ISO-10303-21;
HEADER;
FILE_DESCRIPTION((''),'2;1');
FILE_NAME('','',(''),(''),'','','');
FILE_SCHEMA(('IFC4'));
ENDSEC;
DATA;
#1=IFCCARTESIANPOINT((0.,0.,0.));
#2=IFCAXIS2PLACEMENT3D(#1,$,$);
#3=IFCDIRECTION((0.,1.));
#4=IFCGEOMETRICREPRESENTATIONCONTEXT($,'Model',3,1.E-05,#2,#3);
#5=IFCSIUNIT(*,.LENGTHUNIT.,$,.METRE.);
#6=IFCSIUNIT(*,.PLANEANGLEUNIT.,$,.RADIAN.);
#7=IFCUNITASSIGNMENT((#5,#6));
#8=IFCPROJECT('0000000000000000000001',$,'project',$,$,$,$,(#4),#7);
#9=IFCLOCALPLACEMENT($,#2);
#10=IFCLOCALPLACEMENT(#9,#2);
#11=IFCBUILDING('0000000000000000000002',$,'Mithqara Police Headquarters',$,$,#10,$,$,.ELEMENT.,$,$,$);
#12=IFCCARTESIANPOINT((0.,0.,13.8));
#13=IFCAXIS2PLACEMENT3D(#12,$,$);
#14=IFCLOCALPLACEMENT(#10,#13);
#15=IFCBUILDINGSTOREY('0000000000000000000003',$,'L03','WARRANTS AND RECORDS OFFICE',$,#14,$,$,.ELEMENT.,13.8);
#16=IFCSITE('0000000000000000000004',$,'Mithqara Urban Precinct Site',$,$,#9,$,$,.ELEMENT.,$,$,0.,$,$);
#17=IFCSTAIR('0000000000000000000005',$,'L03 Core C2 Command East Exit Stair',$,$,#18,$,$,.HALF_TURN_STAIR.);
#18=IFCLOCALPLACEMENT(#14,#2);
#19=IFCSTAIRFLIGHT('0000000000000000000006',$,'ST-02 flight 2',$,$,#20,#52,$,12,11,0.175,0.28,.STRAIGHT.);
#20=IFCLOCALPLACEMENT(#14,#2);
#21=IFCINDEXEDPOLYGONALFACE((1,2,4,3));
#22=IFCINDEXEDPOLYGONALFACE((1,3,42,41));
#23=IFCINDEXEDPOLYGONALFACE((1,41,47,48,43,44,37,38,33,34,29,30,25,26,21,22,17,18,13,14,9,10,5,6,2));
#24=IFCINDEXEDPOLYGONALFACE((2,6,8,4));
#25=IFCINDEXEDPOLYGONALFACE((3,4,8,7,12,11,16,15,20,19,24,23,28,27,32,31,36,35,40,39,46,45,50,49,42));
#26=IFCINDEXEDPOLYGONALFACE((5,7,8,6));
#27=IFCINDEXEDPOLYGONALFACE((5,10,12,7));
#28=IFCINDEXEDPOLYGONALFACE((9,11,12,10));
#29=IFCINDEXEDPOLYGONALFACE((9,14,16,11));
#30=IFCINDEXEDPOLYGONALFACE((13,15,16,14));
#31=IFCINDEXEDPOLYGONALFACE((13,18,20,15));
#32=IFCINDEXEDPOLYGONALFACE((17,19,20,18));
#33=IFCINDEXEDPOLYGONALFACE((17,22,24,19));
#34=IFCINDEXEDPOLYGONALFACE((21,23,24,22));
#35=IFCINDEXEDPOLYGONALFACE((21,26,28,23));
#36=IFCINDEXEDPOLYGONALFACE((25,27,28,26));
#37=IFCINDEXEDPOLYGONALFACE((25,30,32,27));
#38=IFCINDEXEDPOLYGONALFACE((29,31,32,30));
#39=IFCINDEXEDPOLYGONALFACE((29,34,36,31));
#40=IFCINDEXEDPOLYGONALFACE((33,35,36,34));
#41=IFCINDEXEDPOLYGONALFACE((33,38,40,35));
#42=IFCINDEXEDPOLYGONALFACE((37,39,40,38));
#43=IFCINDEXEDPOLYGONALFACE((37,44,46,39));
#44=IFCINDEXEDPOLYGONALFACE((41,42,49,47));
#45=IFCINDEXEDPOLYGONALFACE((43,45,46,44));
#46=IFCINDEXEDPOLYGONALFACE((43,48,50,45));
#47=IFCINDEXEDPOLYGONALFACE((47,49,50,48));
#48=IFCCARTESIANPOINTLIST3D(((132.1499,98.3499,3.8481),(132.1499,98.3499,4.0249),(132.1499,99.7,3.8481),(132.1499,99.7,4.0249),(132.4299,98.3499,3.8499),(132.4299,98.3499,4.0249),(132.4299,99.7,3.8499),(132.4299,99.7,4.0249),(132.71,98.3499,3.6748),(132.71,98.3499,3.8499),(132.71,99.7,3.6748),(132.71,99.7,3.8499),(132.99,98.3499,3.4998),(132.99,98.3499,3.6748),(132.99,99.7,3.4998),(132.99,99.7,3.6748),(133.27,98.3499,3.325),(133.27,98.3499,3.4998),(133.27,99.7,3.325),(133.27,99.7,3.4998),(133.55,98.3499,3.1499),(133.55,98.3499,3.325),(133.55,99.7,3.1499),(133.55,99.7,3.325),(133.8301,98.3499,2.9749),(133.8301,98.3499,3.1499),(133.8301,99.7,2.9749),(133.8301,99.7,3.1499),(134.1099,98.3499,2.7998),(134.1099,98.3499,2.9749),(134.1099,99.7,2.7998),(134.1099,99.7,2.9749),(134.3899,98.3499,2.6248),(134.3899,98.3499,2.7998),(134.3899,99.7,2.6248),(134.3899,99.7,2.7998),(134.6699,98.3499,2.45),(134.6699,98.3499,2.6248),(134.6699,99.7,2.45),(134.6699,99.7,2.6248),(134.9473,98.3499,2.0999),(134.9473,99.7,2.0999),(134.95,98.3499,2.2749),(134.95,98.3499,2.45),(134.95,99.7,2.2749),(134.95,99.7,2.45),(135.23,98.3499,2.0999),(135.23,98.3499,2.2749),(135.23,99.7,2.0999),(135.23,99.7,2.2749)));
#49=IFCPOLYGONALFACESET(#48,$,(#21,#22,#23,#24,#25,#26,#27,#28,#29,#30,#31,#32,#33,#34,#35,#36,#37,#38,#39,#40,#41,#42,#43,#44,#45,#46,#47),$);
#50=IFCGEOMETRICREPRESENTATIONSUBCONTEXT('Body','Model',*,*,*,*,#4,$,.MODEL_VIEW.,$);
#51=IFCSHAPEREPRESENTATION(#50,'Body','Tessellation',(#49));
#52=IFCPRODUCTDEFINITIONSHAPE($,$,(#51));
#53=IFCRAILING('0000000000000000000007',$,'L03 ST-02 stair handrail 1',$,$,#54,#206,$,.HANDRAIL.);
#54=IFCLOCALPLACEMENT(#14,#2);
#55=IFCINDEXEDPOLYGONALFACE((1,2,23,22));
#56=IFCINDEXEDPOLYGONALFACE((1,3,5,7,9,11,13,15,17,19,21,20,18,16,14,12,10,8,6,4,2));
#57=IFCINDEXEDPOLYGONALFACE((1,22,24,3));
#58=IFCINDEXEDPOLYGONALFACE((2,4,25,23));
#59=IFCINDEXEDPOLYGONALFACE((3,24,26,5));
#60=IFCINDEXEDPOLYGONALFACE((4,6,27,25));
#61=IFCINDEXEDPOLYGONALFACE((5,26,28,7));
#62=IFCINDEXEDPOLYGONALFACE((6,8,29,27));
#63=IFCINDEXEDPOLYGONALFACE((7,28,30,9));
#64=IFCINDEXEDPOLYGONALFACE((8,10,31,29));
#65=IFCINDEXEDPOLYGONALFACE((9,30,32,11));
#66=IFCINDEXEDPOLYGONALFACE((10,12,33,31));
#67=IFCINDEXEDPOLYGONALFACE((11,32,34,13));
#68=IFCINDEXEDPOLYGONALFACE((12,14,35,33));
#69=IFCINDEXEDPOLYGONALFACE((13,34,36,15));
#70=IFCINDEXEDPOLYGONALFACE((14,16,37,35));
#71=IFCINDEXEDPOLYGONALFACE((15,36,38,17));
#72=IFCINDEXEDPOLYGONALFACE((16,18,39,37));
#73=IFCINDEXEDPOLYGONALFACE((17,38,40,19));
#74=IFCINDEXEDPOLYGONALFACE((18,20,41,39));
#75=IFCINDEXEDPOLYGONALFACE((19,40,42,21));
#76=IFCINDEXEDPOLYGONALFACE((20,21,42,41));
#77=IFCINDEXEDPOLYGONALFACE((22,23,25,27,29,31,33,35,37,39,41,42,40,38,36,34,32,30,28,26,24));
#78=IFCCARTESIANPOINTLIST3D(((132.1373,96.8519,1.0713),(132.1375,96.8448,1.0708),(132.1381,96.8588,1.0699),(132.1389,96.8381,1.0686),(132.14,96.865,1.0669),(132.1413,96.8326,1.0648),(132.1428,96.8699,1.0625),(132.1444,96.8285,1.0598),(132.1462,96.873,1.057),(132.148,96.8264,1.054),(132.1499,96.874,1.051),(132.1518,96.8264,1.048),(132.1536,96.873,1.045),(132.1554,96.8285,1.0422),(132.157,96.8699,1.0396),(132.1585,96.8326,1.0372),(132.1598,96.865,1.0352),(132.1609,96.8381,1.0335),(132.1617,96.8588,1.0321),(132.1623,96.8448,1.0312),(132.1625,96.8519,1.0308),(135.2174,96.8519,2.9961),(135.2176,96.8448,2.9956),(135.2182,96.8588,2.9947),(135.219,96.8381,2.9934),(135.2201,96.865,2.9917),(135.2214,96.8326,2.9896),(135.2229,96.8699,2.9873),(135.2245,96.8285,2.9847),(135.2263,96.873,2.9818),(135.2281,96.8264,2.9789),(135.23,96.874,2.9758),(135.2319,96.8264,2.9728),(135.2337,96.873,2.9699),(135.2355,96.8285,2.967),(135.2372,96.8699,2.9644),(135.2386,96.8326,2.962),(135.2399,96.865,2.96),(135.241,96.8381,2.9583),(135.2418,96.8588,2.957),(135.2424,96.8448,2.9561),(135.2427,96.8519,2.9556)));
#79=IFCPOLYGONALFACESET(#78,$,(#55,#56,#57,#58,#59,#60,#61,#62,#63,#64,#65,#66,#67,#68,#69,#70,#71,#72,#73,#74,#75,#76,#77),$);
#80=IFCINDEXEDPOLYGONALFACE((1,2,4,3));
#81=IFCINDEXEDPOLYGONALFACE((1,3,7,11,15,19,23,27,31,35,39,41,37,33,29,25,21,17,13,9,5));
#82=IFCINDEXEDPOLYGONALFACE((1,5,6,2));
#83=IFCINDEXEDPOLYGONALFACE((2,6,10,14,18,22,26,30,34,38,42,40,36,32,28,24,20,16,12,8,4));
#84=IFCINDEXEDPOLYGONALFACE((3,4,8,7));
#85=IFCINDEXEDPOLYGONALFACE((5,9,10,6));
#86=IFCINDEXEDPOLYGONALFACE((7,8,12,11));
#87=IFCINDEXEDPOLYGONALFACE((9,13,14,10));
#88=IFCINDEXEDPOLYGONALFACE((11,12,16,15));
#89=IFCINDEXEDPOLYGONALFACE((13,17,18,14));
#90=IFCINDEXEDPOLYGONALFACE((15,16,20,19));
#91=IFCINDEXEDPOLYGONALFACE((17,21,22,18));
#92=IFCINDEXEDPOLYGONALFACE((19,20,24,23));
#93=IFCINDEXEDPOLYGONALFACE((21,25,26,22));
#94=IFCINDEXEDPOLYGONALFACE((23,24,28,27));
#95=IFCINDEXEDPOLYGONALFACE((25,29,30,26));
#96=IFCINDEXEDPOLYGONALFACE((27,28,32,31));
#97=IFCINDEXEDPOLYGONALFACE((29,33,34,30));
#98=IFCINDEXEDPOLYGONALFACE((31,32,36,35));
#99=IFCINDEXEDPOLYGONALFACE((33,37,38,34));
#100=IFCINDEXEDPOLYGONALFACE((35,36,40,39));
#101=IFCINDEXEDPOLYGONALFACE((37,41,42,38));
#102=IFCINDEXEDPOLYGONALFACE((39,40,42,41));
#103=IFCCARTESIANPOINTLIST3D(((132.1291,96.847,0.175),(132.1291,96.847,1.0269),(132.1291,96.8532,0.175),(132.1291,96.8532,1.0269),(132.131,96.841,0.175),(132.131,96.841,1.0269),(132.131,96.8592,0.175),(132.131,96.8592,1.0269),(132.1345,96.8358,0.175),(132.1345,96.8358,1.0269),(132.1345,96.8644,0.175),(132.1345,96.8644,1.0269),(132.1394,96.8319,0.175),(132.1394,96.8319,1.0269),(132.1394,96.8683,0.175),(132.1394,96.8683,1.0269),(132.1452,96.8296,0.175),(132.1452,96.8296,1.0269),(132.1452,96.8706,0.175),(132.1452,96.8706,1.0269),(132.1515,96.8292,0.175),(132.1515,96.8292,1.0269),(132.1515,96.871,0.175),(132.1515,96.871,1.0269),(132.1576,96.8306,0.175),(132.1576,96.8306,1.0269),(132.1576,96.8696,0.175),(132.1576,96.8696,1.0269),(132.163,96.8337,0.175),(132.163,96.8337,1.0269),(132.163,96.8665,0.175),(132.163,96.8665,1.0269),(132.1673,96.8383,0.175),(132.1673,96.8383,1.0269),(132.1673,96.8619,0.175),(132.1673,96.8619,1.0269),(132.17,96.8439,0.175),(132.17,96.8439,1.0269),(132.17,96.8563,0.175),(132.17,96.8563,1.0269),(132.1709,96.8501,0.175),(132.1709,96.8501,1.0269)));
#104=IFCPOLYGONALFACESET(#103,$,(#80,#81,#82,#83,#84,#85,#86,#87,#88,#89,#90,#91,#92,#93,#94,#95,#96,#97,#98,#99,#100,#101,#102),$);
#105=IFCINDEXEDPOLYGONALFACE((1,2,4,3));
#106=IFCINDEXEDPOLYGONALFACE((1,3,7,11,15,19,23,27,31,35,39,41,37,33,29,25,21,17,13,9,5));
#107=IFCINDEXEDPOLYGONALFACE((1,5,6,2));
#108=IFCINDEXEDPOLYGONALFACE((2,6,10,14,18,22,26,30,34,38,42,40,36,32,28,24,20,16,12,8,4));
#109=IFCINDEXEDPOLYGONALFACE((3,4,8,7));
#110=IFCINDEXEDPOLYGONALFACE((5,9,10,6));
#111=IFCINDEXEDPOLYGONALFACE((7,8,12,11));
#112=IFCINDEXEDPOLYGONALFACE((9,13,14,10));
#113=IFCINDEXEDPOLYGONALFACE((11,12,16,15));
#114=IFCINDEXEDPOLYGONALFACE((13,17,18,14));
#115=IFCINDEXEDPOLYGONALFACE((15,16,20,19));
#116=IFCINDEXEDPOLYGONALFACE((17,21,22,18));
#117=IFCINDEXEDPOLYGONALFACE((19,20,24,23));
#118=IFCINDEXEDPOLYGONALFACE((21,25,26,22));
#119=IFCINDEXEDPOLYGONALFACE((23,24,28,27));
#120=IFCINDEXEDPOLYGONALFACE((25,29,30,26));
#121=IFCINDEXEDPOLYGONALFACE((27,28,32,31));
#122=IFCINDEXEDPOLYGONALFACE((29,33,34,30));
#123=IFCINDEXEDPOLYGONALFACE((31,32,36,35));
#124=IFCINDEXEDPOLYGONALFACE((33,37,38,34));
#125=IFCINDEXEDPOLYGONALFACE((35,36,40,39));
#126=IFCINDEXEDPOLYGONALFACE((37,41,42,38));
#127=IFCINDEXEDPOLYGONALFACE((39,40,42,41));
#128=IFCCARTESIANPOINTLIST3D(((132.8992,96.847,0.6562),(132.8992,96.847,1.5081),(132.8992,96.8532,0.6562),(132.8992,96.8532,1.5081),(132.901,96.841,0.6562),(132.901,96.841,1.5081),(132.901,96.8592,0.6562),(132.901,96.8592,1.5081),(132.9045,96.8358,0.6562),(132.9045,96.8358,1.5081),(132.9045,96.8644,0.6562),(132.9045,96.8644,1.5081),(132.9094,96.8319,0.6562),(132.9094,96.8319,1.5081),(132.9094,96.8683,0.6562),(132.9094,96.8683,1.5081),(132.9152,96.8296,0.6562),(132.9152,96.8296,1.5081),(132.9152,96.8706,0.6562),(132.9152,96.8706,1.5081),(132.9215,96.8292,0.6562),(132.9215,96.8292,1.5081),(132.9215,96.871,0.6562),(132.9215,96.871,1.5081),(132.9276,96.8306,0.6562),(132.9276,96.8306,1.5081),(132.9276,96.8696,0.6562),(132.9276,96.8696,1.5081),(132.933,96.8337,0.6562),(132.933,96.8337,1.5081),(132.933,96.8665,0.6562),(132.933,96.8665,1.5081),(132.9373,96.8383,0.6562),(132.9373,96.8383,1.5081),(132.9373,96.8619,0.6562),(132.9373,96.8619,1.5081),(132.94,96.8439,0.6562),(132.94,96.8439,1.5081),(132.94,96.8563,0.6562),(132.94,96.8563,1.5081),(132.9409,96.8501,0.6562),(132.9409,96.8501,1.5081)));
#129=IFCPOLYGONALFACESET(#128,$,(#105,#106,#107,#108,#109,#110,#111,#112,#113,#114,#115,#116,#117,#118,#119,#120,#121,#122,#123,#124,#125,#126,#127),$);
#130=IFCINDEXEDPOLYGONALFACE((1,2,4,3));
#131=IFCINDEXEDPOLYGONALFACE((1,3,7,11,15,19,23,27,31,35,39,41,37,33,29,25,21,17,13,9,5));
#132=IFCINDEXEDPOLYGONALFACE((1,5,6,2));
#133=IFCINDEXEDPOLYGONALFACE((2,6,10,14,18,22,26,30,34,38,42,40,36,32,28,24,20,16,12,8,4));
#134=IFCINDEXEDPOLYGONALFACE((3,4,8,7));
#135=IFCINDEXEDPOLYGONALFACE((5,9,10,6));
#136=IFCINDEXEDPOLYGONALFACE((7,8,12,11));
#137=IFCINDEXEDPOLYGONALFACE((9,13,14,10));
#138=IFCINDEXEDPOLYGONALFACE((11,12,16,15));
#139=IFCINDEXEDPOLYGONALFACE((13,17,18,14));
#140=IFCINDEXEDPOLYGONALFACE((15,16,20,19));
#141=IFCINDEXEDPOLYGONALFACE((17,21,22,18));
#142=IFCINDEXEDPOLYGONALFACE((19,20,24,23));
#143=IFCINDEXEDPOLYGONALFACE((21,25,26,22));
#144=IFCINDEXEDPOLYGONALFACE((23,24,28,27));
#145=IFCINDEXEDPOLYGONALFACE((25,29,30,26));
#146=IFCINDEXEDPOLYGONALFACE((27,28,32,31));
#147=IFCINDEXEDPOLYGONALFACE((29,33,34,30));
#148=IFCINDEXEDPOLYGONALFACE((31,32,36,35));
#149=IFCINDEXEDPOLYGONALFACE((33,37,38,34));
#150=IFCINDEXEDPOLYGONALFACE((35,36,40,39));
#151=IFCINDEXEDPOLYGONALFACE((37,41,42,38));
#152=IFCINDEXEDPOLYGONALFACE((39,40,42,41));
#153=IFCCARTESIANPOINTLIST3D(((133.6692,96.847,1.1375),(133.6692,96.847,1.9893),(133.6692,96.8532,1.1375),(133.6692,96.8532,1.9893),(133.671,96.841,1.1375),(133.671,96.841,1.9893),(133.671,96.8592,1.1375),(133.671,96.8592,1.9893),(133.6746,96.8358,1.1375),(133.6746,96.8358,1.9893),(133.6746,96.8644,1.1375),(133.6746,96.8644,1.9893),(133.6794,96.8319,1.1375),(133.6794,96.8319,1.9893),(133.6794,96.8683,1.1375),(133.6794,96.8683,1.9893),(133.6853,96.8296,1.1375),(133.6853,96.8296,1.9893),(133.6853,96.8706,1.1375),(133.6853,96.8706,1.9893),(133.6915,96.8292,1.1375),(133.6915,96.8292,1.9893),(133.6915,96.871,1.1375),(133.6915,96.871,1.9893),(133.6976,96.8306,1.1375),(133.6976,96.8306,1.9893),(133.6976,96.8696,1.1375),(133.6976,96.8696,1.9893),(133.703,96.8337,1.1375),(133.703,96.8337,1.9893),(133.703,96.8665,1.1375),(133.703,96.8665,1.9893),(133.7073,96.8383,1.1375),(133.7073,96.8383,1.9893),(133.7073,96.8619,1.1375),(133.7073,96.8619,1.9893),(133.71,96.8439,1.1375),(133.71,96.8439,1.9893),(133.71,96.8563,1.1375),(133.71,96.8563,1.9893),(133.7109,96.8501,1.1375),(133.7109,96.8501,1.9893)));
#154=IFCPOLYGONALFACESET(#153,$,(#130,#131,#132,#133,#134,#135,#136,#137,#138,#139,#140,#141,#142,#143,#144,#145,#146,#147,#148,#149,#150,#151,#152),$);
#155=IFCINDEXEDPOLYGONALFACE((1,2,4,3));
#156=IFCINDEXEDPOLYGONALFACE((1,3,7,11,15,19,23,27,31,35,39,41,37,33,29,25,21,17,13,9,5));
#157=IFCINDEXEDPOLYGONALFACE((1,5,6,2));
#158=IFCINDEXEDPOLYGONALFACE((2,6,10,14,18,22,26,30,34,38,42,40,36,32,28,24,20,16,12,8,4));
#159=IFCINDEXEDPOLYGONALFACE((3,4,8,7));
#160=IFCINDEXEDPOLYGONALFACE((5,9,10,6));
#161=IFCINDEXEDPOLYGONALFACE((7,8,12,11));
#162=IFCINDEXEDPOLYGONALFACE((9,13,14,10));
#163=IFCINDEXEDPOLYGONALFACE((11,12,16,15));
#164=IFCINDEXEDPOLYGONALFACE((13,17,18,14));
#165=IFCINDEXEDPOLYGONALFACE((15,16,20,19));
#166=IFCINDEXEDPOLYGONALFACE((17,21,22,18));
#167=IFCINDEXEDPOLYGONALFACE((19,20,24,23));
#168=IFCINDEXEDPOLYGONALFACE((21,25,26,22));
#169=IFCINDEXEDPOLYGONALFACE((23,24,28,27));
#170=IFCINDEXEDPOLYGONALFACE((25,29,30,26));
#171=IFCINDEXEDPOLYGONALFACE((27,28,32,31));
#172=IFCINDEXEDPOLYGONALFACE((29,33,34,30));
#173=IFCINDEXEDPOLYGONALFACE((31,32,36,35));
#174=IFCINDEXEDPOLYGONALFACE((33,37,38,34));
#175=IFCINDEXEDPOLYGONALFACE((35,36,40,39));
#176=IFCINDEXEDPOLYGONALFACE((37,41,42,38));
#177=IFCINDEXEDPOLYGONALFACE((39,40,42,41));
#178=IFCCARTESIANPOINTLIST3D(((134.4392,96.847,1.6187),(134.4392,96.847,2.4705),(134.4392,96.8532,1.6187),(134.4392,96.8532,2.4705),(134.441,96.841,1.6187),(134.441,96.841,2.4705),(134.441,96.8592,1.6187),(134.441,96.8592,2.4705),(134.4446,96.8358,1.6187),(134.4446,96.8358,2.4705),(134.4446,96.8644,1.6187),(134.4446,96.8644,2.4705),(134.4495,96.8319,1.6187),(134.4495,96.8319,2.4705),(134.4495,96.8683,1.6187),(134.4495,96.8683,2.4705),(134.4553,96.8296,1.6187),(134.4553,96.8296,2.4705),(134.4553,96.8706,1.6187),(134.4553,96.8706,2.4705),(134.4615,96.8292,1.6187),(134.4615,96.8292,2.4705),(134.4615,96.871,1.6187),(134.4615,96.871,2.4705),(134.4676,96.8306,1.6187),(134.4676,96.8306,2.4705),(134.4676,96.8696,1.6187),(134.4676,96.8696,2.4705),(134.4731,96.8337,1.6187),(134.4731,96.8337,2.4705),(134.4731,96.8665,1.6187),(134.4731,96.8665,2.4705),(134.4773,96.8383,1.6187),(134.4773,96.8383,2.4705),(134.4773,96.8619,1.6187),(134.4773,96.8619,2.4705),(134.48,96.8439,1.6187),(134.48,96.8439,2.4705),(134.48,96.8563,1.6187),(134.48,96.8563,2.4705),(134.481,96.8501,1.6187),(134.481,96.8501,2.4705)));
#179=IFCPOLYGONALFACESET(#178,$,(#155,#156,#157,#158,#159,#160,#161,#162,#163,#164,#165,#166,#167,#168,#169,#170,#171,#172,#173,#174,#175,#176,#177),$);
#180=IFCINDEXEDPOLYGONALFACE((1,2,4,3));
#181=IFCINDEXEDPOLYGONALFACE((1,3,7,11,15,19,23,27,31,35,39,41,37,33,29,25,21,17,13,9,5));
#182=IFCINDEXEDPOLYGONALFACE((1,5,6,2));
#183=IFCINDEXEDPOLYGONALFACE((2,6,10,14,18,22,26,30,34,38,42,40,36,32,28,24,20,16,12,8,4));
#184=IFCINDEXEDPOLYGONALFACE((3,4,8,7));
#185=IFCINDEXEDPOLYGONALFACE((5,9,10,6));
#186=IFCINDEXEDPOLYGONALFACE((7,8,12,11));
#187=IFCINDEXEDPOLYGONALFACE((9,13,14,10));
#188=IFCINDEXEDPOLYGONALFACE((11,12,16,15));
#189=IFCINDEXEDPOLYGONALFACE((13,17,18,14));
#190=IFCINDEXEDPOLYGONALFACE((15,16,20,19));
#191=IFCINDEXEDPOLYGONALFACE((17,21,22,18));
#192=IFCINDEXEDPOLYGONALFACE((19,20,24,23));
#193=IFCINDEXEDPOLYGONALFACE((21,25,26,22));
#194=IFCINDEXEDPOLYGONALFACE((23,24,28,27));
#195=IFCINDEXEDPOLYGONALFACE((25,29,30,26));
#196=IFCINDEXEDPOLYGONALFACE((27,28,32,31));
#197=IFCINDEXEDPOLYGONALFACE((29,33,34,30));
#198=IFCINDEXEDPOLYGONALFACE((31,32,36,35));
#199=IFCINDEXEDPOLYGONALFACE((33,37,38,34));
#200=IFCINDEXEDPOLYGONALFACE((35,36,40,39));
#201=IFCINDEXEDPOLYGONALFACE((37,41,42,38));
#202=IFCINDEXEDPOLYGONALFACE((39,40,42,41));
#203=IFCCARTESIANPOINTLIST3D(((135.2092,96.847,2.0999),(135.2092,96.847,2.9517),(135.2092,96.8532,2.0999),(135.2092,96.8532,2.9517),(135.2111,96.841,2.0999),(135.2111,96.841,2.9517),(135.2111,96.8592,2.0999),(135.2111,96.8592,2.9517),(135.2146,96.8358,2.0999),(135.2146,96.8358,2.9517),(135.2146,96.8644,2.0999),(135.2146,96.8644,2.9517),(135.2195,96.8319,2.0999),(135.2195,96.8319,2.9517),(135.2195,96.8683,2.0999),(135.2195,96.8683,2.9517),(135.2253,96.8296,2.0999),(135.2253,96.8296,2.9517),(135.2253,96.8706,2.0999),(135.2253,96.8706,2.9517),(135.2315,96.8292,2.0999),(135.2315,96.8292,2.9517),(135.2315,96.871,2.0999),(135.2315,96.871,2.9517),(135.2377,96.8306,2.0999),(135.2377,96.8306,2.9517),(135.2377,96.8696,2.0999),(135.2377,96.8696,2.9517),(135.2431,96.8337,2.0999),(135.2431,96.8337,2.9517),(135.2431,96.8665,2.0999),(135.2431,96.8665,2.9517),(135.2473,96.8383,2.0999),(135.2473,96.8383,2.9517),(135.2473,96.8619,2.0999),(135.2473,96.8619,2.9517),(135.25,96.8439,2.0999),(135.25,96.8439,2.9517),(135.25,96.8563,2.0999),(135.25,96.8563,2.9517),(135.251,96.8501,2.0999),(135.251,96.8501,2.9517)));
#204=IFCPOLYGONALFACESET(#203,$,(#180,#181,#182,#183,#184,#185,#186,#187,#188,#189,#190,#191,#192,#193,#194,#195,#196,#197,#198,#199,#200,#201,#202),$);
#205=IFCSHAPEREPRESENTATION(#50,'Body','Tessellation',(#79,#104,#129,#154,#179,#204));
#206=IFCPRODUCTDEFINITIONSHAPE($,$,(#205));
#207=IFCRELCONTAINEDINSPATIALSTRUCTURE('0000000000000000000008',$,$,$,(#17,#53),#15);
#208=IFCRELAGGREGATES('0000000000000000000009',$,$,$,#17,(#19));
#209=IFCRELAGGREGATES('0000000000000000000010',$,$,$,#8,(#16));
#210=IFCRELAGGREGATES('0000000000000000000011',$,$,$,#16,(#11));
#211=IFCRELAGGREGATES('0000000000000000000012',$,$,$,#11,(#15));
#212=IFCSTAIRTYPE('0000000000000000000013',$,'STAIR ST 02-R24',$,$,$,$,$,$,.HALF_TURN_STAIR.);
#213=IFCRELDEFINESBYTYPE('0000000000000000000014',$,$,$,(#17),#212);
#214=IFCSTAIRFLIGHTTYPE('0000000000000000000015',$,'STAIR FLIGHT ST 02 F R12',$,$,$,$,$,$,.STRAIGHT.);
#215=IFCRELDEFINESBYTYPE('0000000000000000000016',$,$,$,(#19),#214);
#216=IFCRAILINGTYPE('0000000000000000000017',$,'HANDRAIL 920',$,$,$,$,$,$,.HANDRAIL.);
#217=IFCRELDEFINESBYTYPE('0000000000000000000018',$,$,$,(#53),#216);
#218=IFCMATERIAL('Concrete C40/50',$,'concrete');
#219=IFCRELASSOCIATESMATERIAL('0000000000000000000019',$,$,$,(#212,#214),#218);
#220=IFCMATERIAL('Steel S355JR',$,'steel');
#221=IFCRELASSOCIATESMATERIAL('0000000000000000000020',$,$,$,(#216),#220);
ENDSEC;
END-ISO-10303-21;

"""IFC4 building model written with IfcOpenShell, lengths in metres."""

from ifc_helpers import new_model, si_unit, direction, frame, origin, origin_2d, place, context, subcontext, project, spatial, polyline, circle, outline, extrude, material, type_object, element, aggregate, save


model = new_model("IFC4")

# Units and contexts
model_context = context("Model", 3, precision=1e-05, world=origin(), true_north=direction((0.0, 1.0)))
body_context = subcontext(model_context, "Body", "Model", "MODEL_VIEW")
ifc_project = project(units=[si_unit("LENGTHUNIT", "METRE"), si_unit("PLANEANGLEUNIT", "RADIAN")], contexts=[model_context])

# Site, building, storey
site_placement = place(None, origin())
site = spatial("IfcSite", under=ifc_project, at=site_placement, Name="Mithqara Urban Precinct Site", CompositionType="ELEMENT", RefElevation=0.0)
building_placement = place(site_placement, origin())
building = spatial("IfcBuilding", under=site, at=building_placement, Name="Mithqara Police Headquarters", CompositionType="ELEMENT")
storey_placement = place(building_placement, frame((0.0, 0.0, 13.8)))
storey = spatial("IfcBuildingStorey", under=building, at=storey_placement, Name="L03", Description="WARRANTS AND RECORDS OFFICE", CompositionType="ELEMENT", Elevation=13.8)

# Shared definitions
ifc_material_1 = material(Name="Steel S355JR", Category="steel")
ifc_material_2 = material(Name="Concrete C40/50", Category="concrete")

# Stair, stair flight
stair_type = type_object("IfcStairType", Name="STAIR ST 02-R24", PredefinedType="HALF_TURN_STAIR", material=ifc_material_2)
stair_placement = place(storey_placement, origin())
stair = element("IfcStair", 1, at=stair_placement, inside=storey, type_object=stair_type, Name="L03 Core C2 Command East Exit Stair", PredefinedType="HALF_TURN_STAIR")
stair_flight_type = type_object("IfcStairFlightType", Name="STAIR FLIGHT ST 02 F R12", PredefinedType="STRAIGHT", material=ifc_material_2)
stair_flight_1_placement = place(storey_placement, frame((135.23, 99.0249, 2.0999), z_axis=(0.0, 0.0, 1.0), x_axis=(-1.0, 0.0, 0.0)))
stair_flight_1 = element("IfcStairFlight", 2, at=stair_flight_1_placement, type_object=stair_flight_type, Name="ST-02 flight 2", NumberOfRisers=12, NumberOfTreads=11, PredefinedType="STRAIGHT", RiserHeight=0.175, TreadLength=0.28, context=body_context, shape_type="SweptSolid", body=[
    extrude(outline(polyline([(0.0, 0.0), (0.0, 0.175), (0.28, 0.175), (0.28, 0.3501), (0.5601, 0.3501), (0.5601, 0.5249), (0.8401, 0.5249), (0.8401, 0.7), (1.1201, 0.7), (1.1201, 0.875), (1.3999, 0.875), (1.3999, 1.05), (1.6799, 1.05), (1.6799, 1.2251), (1.96, 1.2251), (1.96, 1.3999), (2.24, 1.3999), (2.24, 1.575), (2.52, 1.575), (2.52, 1.75), (2.8, 1.75), (2.8, 1.925), (3.0801, 1.925), (3.0801, 2.1001), (3.0801, 1.7483), (0.2827, 0.0), (0.0, 0.0)])), frame((0.0, 0.675, 0.0), z_axis=(0.0, -1.0, 0.0), x_axis=(1.0, 0.0, 0.0)), (0.0, 0.0, 1.0), 1.3501),
])
aggregate(stair, [stair_flight_1])

# Railing
railing_type_1 = type_object("IfcRailingType", Name="HANDRAIL 920", PredefinedType="HANDRAIL", material=ifc_material_1)
railing_1_placement = place(storey_placement, frame((132.1499, 96.8501, 0.175)))
element("IfcRailing", 3, at=railing_1_placement, inside=storey, type_object=railing_type_1, Name="L03 ST-02 stair handrail 1", PredefinedType="HANDRAIL", context=body_context, shape_type="SweptSolid", body=[
    extrude(circle(Radius=0.0239, at=origin_2d()), frame((0.0, 0.0, 0.876), z_axis=(0.848029, 0.0, 0.529951), x_axis=(0.0, 1.0, 0.0)), (0.0, 0.0, 1.0), 3.6321),
    extrude(circle(Radius=0.021, at=origin_2d()), origin(), (0.0, 0.0, 1.0), 0.8518),
    extrude(circle(Radius=0.021, at=origin_2d()), frame((0.77, 0.0, 0.4812)), (0.0, 0.0, 1.0), 0.8518),
    extrude(circle(Radius=0.021, at=origin_2d()), frame((1.54, 0.0, 0.9624)), (0.0, 0.0, 1.0), 0.8518),
    extrude(circle(Radius=0.021, at=origin_2d()), frame((2.3101, 0.0, 1.4436)), (0.0, 0.0, 1.0), 0.8518),
    extrude(circle(Radius=0.021, at=origin_2d()), frame((3.0801, 0.0, 1.9248)), (0.0, 0.0, 1.0), 0.8518),
])

save(model, "model.ifc")
